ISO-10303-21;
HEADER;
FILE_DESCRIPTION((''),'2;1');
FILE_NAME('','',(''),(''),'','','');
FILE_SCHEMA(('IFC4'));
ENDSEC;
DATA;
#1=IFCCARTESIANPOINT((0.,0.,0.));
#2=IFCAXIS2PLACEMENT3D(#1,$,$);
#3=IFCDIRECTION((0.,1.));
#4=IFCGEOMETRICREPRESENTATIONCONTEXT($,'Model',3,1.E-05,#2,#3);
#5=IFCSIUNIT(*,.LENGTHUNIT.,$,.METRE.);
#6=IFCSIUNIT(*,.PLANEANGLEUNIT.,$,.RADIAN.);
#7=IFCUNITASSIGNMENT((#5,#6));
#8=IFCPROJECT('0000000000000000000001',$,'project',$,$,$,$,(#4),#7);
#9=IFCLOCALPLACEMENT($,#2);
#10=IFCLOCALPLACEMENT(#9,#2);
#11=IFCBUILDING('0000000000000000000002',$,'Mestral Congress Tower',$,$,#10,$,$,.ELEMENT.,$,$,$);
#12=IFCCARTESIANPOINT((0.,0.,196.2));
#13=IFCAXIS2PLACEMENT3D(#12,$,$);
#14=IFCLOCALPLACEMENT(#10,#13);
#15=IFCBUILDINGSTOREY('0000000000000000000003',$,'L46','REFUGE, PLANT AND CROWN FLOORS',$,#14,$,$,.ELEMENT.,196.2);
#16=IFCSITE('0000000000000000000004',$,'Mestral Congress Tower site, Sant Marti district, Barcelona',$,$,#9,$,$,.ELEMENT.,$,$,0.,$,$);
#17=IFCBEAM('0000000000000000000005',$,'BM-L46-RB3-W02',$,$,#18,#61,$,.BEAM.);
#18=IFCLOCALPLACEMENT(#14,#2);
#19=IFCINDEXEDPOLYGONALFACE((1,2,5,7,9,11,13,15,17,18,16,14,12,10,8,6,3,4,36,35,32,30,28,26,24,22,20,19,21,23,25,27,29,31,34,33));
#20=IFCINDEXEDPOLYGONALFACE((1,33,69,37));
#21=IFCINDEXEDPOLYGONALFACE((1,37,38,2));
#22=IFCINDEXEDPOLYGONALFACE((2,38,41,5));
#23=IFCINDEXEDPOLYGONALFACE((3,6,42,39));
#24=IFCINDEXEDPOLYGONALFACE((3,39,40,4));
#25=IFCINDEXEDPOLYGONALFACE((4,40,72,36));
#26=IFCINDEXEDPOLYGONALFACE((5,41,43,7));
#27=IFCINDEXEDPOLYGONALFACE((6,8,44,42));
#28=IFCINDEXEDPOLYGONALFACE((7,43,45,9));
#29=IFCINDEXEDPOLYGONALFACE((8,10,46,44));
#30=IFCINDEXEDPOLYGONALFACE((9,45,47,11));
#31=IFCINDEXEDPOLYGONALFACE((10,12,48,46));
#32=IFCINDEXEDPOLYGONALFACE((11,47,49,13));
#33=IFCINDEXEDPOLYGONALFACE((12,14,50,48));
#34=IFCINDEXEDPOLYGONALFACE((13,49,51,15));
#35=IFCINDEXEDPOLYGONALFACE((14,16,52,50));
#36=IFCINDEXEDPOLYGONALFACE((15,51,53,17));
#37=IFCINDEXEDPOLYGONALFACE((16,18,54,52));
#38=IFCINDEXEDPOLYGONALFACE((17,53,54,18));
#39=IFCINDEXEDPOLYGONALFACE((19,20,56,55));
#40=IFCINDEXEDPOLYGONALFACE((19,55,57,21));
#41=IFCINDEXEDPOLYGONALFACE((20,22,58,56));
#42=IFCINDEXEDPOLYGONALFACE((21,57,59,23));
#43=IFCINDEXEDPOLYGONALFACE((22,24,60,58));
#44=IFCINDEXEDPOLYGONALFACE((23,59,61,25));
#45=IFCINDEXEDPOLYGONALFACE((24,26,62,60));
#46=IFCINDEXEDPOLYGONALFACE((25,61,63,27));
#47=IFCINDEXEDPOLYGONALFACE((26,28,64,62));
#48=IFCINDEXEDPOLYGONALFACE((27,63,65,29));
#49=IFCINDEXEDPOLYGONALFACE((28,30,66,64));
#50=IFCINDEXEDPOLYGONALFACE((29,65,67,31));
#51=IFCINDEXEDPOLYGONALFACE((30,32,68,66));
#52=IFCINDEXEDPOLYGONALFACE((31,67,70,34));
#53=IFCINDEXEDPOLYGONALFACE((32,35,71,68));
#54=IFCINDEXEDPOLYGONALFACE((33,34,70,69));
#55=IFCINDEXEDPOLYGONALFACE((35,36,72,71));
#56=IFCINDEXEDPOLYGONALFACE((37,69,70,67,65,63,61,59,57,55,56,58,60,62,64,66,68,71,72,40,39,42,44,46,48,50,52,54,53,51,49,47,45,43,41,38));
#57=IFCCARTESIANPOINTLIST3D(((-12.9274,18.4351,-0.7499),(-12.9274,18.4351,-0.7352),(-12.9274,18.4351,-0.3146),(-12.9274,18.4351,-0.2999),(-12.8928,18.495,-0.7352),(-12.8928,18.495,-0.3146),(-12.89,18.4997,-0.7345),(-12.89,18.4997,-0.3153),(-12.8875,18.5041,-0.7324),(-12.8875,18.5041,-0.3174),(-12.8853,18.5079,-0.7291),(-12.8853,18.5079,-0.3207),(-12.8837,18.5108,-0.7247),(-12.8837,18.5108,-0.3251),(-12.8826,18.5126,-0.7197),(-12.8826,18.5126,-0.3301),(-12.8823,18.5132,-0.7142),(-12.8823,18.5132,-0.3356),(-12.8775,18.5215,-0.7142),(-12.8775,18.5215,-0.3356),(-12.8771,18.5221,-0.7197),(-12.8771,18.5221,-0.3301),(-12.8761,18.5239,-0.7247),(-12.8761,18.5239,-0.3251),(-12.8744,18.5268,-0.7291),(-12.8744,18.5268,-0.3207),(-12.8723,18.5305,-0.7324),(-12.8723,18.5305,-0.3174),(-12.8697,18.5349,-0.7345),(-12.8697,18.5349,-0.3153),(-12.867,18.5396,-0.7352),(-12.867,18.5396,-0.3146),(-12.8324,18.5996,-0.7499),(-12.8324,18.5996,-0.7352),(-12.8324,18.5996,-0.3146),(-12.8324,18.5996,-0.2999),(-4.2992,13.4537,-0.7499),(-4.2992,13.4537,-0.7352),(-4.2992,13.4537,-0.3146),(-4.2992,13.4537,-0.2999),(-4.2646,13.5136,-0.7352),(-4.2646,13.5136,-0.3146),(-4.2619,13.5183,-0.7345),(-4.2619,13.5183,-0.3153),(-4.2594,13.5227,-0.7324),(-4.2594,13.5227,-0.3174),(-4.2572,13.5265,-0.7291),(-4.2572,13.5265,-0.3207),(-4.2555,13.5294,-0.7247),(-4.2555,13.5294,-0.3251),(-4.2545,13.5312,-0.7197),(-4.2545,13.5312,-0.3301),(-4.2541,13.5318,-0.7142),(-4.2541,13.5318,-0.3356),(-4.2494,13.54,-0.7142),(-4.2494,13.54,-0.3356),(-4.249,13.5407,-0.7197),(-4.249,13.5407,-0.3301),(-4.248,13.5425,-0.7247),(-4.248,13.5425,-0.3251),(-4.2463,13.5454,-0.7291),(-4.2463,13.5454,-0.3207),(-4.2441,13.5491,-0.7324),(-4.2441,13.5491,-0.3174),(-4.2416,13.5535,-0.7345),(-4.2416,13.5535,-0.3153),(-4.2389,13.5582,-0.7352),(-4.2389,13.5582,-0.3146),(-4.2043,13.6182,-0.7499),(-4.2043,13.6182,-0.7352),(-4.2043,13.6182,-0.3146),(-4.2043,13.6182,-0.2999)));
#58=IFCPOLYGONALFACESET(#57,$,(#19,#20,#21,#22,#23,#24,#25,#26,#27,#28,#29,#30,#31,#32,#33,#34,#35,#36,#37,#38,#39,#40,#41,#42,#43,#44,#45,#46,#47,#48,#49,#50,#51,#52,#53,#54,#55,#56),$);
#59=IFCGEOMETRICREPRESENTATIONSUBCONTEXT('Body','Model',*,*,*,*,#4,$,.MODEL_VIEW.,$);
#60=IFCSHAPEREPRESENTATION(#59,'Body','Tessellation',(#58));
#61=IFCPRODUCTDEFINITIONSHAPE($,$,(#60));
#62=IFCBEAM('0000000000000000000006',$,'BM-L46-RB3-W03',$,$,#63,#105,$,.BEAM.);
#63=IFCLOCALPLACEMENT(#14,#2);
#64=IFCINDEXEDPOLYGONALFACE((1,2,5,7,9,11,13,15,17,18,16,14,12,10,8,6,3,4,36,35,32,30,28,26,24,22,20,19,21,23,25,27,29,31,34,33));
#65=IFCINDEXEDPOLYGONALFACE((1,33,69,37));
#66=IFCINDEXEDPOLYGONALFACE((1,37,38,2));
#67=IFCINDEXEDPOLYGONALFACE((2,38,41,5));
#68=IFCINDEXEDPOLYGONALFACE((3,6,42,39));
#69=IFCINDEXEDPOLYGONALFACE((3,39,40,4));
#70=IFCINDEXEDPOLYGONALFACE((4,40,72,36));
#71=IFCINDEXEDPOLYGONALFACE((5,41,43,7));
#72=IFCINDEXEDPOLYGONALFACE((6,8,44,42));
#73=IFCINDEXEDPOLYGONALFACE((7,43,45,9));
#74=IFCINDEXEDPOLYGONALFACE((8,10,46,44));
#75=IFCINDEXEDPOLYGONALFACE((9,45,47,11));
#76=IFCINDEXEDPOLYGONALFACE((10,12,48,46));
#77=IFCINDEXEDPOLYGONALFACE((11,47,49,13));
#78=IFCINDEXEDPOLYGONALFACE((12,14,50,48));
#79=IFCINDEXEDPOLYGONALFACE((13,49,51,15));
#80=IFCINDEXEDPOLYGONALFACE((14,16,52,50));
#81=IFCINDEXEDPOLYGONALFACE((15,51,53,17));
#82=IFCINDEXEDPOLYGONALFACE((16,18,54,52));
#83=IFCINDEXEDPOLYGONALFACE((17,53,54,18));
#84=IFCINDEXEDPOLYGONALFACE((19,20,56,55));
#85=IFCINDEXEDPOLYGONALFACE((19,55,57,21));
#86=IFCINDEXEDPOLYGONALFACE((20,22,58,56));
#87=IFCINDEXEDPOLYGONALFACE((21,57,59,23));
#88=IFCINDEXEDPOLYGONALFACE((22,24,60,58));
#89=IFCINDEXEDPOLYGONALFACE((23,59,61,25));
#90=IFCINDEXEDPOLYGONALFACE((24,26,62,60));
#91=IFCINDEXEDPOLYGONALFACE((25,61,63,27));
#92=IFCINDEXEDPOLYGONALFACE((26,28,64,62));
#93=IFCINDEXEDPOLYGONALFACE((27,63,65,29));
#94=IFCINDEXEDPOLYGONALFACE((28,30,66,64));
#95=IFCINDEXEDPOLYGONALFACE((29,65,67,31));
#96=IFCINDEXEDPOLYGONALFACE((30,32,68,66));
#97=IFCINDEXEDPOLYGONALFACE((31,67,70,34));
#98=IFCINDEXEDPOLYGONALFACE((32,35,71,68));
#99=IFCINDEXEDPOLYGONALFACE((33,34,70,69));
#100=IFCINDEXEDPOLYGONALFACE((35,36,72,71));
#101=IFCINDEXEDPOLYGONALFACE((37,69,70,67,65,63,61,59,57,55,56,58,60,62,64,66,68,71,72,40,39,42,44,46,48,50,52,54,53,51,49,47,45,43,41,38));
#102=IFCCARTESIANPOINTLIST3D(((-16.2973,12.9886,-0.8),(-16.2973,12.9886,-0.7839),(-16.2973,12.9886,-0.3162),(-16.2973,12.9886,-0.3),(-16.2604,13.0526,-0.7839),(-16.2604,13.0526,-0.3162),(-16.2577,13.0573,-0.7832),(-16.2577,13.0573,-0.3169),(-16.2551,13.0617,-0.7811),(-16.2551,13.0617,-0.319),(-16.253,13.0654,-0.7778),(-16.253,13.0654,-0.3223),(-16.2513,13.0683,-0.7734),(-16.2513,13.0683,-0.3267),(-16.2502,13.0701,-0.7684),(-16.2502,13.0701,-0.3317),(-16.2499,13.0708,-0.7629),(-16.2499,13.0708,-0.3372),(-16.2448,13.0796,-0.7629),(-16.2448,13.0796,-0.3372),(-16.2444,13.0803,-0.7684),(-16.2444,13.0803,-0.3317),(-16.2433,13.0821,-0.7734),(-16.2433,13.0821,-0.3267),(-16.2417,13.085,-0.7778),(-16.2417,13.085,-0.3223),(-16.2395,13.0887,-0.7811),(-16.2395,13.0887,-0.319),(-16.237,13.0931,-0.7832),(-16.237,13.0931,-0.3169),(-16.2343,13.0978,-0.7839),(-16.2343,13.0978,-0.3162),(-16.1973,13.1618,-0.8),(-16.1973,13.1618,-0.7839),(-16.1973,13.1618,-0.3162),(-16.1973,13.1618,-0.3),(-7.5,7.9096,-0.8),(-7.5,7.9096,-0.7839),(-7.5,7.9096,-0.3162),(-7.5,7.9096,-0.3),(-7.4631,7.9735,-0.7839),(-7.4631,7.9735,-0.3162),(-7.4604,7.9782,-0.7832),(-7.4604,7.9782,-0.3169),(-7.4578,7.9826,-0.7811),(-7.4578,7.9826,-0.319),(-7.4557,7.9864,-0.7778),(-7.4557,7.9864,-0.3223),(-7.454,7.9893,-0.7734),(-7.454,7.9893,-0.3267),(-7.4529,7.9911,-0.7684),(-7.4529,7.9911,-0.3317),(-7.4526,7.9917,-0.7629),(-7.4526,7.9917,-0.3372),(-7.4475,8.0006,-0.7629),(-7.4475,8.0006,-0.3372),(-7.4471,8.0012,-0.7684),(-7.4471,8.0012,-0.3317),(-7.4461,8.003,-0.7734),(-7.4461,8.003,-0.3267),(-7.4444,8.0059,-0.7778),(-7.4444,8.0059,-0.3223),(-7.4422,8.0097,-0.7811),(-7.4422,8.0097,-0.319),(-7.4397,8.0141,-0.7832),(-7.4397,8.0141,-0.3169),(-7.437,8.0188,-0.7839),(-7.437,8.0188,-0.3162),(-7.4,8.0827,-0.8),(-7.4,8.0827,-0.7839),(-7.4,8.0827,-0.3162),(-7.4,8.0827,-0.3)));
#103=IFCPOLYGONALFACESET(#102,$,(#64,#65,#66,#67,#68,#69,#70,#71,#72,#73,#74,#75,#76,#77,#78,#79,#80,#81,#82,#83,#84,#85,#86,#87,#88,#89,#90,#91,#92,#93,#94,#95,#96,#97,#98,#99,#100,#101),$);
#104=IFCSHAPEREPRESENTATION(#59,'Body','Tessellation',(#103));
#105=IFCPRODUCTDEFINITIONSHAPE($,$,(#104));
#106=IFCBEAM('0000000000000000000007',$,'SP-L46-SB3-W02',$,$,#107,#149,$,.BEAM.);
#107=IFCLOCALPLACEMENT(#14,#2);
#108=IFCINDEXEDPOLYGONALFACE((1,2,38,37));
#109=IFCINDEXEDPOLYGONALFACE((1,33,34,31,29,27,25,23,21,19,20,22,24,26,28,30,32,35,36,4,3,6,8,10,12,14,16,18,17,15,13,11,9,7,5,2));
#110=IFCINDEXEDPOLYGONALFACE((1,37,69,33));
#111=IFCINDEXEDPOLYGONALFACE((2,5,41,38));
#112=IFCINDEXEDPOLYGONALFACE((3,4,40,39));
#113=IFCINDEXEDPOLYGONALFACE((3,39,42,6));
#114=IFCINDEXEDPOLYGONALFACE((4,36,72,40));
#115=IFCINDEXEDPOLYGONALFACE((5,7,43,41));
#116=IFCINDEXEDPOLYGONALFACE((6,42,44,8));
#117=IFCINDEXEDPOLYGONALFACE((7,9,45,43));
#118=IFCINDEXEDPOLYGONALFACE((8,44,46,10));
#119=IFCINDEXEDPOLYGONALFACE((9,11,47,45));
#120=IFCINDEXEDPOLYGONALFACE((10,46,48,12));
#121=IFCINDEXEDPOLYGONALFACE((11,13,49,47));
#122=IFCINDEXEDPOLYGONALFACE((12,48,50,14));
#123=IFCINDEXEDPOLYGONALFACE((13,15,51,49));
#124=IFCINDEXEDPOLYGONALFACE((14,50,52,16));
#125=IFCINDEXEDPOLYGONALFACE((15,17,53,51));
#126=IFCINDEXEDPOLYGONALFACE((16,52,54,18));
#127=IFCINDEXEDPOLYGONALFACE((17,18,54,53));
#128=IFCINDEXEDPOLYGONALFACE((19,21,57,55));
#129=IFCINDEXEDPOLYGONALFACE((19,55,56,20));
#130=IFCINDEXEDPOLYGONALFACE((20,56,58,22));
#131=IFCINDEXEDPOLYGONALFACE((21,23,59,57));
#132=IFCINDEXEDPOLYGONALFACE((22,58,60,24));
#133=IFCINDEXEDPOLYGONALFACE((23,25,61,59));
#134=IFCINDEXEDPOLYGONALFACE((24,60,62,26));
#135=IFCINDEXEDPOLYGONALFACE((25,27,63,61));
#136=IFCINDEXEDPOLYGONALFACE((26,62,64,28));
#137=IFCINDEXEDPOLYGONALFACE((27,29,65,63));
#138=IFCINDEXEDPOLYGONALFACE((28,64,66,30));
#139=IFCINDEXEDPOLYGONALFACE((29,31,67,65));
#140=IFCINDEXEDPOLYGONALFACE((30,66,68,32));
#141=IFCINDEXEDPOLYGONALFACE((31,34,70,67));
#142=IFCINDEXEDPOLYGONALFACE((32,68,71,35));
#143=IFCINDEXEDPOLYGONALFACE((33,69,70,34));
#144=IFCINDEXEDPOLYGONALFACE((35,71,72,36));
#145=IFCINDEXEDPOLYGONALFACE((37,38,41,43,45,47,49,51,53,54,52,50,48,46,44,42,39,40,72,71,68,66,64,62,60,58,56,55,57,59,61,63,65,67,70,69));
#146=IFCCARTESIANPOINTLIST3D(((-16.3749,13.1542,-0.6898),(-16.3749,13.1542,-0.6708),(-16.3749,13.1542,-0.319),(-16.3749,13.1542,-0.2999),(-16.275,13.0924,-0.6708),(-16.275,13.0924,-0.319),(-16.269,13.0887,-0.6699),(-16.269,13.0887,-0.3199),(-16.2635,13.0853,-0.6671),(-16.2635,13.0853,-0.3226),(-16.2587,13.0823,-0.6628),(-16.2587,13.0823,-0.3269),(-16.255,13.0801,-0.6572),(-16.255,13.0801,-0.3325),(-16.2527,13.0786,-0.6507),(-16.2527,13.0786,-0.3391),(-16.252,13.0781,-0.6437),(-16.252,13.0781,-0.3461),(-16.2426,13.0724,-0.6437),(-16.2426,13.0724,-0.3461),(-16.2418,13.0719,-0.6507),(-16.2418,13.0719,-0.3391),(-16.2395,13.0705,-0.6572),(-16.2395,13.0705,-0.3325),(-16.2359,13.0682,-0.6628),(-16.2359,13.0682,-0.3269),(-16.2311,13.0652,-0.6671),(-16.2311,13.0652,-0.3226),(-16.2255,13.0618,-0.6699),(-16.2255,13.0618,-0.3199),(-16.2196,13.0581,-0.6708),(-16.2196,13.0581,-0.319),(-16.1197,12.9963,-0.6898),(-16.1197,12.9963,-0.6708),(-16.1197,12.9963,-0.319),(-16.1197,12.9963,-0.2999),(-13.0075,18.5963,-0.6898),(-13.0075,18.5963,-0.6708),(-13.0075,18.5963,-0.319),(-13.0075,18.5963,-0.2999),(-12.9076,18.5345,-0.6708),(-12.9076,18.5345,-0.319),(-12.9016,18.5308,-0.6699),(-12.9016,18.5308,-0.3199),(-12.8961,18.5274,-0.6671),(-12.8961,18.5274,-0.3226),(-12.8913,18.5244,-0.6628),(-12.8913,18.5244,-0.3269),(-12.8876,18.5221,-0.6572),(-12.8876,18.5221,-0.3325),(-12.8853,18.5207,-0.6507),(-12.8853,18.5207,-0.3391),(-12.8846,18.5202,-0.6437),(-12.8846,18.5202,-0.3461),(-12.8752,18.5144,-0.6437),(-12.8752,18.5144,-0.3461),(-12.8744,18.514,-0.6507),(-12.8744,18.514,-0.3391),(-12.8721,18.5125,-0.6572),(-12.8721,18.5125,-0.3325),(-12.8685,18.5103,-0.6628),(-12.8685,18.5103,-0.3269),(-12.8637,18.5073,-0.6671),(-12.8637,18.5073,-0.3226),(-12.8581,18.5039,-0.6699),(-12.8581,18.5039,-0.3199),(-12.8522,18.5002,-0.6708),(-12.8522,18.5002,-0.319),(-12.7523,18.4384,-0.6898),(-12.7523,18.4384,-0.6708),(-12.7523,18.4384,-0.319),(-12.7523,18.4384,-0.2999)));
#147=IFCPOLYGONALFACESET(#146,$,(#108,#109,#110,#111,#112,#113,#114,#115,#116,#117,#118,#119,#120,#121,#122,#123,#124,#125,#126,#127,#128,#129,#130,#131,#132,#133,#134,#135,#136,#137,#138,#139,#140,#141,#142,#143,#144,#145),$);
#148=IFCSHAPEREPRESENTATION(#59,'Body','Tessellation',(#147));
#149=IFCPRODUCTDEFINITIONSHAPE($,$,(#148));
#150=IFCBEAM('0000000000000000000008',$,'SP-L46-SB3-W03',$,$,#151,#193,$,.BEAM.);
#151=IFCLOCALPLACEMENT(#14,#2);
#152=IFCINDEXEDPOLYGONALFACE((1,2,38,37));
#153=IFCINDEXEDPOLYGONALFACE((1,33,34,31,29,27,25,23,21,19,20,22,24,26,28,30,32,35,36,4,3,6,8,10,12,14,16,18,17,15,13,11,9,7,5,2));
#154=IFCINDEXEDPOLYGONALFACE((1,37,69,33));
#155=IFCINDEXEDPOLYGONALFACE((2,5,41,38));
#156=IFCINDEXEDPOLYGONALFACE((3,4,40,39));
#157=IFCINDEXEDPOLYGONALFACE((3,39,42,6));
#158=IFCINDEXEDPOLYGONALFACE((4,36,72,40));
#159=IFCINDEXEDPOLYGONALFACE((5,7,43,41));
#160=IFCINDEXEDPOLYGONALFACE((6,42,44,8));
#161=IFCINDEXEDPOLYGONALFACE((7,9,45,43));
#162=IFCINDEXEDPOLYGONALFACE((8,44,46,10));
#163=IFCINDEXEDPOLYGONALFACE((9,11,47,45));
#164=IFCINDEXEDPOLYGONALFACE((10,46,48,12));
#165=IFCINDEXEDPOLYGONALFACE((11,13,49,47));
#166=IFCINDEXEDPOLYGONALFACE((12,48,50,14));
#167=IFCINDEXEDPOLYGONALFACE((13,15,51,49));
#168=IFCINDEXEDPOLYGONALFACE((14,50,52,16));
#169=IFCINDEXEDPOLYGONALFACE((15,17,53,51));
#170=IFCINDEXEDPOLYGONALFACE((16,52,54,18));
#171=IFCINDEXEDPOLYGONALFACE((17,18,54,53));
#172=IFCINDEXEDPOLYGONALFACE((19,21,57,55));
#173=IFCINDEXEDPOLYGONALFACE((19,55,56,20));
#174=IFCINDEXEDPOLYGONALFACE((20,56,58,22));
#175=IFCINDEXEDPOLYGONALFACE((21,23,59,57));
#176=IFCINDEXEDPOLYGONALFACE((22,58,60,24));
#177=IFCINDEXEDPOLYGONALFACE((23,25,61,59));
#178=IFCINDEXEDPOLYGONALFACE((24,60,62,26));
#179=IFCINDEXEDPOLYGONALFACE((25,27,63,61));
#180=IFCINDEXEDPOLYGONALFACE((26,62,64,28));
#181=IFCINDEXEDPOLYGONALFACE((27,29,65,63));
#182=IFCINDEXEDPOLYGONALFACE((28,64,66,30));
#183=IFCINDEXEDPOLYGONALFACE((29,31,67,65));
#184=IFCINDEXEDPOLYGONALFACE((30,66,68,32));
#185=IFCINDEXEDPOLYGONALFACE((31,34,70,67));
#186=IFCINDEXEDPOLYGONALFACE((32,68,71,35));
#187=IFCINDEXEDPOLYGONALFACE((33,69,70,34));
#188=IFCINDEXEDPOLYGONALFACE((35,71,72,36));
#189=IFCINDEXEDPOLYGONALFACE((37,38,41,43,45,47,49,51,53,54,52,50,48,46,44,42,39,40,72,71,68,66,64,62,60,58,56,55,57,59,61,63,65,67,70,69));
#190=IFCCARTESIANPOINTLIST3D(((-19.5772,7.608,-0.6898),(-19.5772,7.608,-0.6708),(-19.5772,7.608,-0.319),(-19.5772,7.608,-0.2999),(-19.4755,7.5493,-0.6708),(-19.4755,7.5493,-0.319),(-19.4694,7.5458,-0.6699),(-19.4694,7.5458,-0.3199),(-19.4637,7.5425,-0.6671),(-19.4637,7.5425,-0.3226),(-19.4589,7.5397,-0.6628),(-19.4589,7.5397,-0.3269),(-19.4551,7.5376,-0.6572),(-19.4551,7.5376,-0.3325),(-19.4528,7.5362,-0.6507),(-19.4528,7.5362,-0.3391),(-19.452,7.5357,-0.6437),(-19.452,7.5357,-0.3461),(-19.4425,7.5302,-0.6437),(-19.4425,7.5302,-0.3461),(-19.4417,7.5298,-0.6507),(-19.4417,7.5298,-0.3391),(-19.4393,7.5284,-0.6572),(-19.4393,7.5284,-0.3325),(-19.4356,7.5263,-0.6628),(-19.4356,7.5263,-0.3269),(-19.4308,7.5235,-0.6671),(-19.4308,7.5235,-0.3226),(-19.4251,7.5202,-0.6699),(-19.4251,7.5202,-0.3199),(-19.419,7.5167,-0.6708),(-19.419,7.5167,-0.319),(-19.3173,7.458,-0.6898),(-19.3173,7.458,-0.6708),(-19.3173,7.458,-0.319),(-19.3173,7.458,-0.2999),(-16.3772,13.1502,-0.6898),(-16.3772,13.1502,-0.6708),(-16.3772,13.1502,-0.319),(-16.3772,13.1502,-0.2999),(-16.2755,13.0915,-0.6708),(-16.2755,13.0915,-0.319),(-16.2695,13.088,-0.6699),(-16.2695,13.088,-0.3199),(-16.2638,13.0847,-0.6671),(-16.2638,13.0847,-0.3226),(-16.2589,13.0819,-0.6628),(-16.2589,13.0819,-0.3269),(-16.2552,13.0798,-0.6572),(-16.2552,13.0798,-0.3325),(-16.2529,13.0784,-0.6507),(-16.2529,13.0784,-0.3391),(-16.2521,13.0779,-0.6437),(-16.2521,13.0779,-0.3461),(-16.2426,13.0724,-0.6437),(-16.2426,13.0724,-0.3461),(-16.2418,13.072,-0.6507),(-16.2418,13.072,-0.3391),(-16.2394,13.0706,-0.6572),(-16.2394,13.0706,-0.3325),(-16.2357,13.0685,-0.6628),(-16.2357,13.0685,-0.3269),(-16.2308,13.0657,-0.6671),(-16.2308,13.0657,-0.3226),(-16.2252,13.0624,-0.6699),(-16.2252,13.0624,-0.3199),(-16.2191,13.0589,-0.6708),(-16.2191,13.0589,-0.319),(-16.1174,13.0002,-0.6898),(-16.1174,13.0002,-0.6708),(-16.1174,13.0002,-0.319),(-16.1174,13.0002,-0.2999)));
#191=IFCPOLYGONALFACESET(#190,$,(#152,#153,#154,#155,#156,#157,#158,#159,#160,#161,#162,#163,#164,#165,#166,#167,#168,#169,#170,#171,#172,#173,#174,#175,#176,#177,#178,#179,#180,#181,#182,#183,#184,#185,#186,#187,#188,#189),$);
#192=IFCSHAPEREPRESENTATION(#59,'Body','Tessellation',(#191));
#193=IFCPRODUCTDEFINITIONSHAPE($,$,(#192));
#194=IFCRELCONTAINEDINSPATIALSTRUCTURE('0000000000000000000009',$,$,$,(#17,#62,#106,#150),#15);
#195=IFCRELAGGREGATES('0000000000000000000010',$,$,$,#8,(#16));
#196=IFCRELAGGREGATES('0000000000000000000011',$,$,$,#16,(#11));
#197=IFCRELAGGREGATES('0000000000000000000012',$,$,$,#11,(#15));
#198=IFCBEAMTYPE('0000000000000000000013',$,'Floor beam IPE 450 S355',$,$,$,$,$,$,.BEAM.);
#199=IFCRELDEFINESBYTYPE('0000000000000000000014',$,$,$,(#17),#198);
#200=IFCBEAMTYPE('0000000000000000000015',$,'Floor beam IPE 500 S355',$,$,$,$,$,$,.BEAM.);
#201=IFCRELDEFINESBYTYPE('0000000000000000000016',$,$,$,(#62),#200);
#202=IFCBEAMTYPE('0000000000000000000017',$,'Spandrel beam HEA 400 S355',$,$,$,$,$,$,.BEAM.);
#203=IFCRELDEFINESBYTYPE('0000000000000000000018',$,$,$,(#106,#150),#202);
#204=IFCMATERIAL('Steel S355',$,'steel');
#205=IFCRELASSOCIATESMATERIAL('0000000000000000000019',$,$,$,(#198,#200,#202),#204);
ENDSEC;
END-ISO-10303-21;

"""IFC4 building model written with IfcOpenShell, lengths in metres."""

from ifc_helpers import new_model, si_unit, direction, frame, origin, origin_2d, place, context, subcontext, project, spatial, i_section, extrude, material, material_profile, profile_set, type_object, element, save


model = new_model("IFC4")

# Units and contexts
model_context = context("Model", 3, precision=1e-05, world=origin(), true_north=direction((0.0, 1.0)))
body_context = subcontext(model_context, "Body", "Model", "MODEL_VIEW")
ifc_project = project(units=[si_unit("LENGTHUNIT", "METRE"), si_unit("PLANEANGLEUNIT", "RADIAN")], contexts=[model_context])

# Site, building, storey
site_placement = place(None, origin())
site = spatial("IfcSite", under=ifc_project, at=site_placement, Name="Mestral Congress Tower site, Sant Marti district, Barcelona", CompositionType="ELEMENT", RefElevation=0.0)
building_placement = place(site_placement, origin())
building = spatial("IfcBuilding", under=site, at=building_placement, Name="Mestral Congress Tower", CompositionType="ELEMENT")
storey_placement = place(building_placement, frame((0.0, 0.0, 196.2)))
storey = spatial("IfcBuildingStorey", under=building, at=storey_placement, Name="L46", Description="REFUGE, PLANT AND CROWN FLOORS", CompositionType="ELEMENT", Elevation=196.2)

# Shared definitions
ifc_material_1 = material(Name="Steel S355", Category="steel")

# Beams
ifc_material_profile_1 = material_profile(ifc_material_1, i_section(OverallWidth=0.1899, OverallDepth=0.45, WebThickness=0.0095, FlangeThickness=0.0146, FilletRadius=0.021, at=origin_2d()), Name="IPE 450")
ifc_profile_set_1 = profile_set([ifc_material_profile_1], Name="Steel S355")
beam_type_1 = type_object("IfcBeamType", Name="Floor beam IPE 450 S355", PredefinedType="BEAM", material=ifc_profile_set_1)
beam_1_placement = place(storey_placement, frame((-12.8799, 18.5173, -0.5249), z_axis=(0.866027, -0.499998, 0.0), x_axis=(0.499998, 0.866027, 0.0)))
element("IfcBeam", 1, at=beam_1_placement, inside=storey, type_object=beam_type_1, Name="BM-L46-RB3-W02", PredefinedType="BEAM", context=body_context, shape_type="SweptSolid", body=[
    extrude(i_section(OverallWidth=0.1899, OverallDepth=0.45, WebThickness=0.0095, FlangeThickness=0.0146, FilletRadius=0.021, at=origin_2d()), origin(), (0.0, 0.0, 1.0), 9.9629),
])
ifc_material_profile_2 = material_profile(ifc_material_1, i_section(OverallWidth=0.2, OverallDepth=0.5, WebThickness=0.0103, FlangeThickness=0.0161, FilletRadius=0.021, at=origin_2d()), Name="IPE 500")
ifc_profile_set_2 = profile_set([ifc_material_profile_2], Name="Steel S355")
beam_type_2 = type_object("IfcBeamType", Name="Floor beam IPE 500 S355", PredefinedType="BEAM", material=ifc_profile_set_2)
beam_2_placement = place(storey_placement, frame((-16.2473, 13.0752, -0.55), z_axis=(0.866028, -0.499996, 0.0), x_axis=(0.499996, 0.866028, 0.0)))
element("IfcBeam", 2, at=beam_2_placement, inside=storey, type_object=beam_type_2, Name="BM-L46-RB3-W03", PredefinedType="BEAM", context=body_context, shape_type="SweptSolid", body=[
    extrude(i_section(OverallWidth=0.2, OverallDepth=0.5, WebThickness=0.0103, FlangeThickness=0.0161, FilletRadius=0.021, at=origin_2d()), origin(), (0.0, 0.0, 1.0), 10.1582),
])
ifc_material_profile_3 = material_profile(ifc_material_1, i_section(OverallWidth=0.3, OverallDepth=0.3899, WebThickness=0.011, FlangeThickness=0.019, FilletRadius=0.0271, at=origin_2d()), Name="HEA 400")
ifc_profile_set_3 = profile_set([ifc_material_profile_3], Name="Steel S355")
beam_type_3 = type_object("IfcBeamType", Name="Spandrel beam HEA 400 S355", PredefinedType="BEAM", material=ifc_profile_set_3)
for number, where, z_axis, x_axis, name in (
    (3, (-12.8799, 18.5173, -0.4949), (-0.526184, -0.850371, 0.0), (0.850371, -0.526184, 0.0), "SP-L46-SB3-W02"),
    (4, (-16.2473, 13.0752, -0.4949), (-0.500016, -0.866016, 0.0), (0.866016, -0.500016, 0.0), "SP-L46-SB3-W03"),
):
    element("IfcBeam", number, at=place(storey_placement, frame(where, z_axis=z_axis, x_axis=x_axis)), inside=storey, type_object=beam_type_3, Name=name, PredefinedType="BEAM", context=body_context, shape_type="SweptSolid", body=[
        extrude(i_section(OverallWidth=0.3, OverallDepth=0.3899, WebThickness=0.011, FlangeThickness=0.019, FilletRadius=0.0271, at=origin_2d()), origin(), (0.0, 0.0, 1.0), 6.3997),
    ])

save(model, "model.ifc")
